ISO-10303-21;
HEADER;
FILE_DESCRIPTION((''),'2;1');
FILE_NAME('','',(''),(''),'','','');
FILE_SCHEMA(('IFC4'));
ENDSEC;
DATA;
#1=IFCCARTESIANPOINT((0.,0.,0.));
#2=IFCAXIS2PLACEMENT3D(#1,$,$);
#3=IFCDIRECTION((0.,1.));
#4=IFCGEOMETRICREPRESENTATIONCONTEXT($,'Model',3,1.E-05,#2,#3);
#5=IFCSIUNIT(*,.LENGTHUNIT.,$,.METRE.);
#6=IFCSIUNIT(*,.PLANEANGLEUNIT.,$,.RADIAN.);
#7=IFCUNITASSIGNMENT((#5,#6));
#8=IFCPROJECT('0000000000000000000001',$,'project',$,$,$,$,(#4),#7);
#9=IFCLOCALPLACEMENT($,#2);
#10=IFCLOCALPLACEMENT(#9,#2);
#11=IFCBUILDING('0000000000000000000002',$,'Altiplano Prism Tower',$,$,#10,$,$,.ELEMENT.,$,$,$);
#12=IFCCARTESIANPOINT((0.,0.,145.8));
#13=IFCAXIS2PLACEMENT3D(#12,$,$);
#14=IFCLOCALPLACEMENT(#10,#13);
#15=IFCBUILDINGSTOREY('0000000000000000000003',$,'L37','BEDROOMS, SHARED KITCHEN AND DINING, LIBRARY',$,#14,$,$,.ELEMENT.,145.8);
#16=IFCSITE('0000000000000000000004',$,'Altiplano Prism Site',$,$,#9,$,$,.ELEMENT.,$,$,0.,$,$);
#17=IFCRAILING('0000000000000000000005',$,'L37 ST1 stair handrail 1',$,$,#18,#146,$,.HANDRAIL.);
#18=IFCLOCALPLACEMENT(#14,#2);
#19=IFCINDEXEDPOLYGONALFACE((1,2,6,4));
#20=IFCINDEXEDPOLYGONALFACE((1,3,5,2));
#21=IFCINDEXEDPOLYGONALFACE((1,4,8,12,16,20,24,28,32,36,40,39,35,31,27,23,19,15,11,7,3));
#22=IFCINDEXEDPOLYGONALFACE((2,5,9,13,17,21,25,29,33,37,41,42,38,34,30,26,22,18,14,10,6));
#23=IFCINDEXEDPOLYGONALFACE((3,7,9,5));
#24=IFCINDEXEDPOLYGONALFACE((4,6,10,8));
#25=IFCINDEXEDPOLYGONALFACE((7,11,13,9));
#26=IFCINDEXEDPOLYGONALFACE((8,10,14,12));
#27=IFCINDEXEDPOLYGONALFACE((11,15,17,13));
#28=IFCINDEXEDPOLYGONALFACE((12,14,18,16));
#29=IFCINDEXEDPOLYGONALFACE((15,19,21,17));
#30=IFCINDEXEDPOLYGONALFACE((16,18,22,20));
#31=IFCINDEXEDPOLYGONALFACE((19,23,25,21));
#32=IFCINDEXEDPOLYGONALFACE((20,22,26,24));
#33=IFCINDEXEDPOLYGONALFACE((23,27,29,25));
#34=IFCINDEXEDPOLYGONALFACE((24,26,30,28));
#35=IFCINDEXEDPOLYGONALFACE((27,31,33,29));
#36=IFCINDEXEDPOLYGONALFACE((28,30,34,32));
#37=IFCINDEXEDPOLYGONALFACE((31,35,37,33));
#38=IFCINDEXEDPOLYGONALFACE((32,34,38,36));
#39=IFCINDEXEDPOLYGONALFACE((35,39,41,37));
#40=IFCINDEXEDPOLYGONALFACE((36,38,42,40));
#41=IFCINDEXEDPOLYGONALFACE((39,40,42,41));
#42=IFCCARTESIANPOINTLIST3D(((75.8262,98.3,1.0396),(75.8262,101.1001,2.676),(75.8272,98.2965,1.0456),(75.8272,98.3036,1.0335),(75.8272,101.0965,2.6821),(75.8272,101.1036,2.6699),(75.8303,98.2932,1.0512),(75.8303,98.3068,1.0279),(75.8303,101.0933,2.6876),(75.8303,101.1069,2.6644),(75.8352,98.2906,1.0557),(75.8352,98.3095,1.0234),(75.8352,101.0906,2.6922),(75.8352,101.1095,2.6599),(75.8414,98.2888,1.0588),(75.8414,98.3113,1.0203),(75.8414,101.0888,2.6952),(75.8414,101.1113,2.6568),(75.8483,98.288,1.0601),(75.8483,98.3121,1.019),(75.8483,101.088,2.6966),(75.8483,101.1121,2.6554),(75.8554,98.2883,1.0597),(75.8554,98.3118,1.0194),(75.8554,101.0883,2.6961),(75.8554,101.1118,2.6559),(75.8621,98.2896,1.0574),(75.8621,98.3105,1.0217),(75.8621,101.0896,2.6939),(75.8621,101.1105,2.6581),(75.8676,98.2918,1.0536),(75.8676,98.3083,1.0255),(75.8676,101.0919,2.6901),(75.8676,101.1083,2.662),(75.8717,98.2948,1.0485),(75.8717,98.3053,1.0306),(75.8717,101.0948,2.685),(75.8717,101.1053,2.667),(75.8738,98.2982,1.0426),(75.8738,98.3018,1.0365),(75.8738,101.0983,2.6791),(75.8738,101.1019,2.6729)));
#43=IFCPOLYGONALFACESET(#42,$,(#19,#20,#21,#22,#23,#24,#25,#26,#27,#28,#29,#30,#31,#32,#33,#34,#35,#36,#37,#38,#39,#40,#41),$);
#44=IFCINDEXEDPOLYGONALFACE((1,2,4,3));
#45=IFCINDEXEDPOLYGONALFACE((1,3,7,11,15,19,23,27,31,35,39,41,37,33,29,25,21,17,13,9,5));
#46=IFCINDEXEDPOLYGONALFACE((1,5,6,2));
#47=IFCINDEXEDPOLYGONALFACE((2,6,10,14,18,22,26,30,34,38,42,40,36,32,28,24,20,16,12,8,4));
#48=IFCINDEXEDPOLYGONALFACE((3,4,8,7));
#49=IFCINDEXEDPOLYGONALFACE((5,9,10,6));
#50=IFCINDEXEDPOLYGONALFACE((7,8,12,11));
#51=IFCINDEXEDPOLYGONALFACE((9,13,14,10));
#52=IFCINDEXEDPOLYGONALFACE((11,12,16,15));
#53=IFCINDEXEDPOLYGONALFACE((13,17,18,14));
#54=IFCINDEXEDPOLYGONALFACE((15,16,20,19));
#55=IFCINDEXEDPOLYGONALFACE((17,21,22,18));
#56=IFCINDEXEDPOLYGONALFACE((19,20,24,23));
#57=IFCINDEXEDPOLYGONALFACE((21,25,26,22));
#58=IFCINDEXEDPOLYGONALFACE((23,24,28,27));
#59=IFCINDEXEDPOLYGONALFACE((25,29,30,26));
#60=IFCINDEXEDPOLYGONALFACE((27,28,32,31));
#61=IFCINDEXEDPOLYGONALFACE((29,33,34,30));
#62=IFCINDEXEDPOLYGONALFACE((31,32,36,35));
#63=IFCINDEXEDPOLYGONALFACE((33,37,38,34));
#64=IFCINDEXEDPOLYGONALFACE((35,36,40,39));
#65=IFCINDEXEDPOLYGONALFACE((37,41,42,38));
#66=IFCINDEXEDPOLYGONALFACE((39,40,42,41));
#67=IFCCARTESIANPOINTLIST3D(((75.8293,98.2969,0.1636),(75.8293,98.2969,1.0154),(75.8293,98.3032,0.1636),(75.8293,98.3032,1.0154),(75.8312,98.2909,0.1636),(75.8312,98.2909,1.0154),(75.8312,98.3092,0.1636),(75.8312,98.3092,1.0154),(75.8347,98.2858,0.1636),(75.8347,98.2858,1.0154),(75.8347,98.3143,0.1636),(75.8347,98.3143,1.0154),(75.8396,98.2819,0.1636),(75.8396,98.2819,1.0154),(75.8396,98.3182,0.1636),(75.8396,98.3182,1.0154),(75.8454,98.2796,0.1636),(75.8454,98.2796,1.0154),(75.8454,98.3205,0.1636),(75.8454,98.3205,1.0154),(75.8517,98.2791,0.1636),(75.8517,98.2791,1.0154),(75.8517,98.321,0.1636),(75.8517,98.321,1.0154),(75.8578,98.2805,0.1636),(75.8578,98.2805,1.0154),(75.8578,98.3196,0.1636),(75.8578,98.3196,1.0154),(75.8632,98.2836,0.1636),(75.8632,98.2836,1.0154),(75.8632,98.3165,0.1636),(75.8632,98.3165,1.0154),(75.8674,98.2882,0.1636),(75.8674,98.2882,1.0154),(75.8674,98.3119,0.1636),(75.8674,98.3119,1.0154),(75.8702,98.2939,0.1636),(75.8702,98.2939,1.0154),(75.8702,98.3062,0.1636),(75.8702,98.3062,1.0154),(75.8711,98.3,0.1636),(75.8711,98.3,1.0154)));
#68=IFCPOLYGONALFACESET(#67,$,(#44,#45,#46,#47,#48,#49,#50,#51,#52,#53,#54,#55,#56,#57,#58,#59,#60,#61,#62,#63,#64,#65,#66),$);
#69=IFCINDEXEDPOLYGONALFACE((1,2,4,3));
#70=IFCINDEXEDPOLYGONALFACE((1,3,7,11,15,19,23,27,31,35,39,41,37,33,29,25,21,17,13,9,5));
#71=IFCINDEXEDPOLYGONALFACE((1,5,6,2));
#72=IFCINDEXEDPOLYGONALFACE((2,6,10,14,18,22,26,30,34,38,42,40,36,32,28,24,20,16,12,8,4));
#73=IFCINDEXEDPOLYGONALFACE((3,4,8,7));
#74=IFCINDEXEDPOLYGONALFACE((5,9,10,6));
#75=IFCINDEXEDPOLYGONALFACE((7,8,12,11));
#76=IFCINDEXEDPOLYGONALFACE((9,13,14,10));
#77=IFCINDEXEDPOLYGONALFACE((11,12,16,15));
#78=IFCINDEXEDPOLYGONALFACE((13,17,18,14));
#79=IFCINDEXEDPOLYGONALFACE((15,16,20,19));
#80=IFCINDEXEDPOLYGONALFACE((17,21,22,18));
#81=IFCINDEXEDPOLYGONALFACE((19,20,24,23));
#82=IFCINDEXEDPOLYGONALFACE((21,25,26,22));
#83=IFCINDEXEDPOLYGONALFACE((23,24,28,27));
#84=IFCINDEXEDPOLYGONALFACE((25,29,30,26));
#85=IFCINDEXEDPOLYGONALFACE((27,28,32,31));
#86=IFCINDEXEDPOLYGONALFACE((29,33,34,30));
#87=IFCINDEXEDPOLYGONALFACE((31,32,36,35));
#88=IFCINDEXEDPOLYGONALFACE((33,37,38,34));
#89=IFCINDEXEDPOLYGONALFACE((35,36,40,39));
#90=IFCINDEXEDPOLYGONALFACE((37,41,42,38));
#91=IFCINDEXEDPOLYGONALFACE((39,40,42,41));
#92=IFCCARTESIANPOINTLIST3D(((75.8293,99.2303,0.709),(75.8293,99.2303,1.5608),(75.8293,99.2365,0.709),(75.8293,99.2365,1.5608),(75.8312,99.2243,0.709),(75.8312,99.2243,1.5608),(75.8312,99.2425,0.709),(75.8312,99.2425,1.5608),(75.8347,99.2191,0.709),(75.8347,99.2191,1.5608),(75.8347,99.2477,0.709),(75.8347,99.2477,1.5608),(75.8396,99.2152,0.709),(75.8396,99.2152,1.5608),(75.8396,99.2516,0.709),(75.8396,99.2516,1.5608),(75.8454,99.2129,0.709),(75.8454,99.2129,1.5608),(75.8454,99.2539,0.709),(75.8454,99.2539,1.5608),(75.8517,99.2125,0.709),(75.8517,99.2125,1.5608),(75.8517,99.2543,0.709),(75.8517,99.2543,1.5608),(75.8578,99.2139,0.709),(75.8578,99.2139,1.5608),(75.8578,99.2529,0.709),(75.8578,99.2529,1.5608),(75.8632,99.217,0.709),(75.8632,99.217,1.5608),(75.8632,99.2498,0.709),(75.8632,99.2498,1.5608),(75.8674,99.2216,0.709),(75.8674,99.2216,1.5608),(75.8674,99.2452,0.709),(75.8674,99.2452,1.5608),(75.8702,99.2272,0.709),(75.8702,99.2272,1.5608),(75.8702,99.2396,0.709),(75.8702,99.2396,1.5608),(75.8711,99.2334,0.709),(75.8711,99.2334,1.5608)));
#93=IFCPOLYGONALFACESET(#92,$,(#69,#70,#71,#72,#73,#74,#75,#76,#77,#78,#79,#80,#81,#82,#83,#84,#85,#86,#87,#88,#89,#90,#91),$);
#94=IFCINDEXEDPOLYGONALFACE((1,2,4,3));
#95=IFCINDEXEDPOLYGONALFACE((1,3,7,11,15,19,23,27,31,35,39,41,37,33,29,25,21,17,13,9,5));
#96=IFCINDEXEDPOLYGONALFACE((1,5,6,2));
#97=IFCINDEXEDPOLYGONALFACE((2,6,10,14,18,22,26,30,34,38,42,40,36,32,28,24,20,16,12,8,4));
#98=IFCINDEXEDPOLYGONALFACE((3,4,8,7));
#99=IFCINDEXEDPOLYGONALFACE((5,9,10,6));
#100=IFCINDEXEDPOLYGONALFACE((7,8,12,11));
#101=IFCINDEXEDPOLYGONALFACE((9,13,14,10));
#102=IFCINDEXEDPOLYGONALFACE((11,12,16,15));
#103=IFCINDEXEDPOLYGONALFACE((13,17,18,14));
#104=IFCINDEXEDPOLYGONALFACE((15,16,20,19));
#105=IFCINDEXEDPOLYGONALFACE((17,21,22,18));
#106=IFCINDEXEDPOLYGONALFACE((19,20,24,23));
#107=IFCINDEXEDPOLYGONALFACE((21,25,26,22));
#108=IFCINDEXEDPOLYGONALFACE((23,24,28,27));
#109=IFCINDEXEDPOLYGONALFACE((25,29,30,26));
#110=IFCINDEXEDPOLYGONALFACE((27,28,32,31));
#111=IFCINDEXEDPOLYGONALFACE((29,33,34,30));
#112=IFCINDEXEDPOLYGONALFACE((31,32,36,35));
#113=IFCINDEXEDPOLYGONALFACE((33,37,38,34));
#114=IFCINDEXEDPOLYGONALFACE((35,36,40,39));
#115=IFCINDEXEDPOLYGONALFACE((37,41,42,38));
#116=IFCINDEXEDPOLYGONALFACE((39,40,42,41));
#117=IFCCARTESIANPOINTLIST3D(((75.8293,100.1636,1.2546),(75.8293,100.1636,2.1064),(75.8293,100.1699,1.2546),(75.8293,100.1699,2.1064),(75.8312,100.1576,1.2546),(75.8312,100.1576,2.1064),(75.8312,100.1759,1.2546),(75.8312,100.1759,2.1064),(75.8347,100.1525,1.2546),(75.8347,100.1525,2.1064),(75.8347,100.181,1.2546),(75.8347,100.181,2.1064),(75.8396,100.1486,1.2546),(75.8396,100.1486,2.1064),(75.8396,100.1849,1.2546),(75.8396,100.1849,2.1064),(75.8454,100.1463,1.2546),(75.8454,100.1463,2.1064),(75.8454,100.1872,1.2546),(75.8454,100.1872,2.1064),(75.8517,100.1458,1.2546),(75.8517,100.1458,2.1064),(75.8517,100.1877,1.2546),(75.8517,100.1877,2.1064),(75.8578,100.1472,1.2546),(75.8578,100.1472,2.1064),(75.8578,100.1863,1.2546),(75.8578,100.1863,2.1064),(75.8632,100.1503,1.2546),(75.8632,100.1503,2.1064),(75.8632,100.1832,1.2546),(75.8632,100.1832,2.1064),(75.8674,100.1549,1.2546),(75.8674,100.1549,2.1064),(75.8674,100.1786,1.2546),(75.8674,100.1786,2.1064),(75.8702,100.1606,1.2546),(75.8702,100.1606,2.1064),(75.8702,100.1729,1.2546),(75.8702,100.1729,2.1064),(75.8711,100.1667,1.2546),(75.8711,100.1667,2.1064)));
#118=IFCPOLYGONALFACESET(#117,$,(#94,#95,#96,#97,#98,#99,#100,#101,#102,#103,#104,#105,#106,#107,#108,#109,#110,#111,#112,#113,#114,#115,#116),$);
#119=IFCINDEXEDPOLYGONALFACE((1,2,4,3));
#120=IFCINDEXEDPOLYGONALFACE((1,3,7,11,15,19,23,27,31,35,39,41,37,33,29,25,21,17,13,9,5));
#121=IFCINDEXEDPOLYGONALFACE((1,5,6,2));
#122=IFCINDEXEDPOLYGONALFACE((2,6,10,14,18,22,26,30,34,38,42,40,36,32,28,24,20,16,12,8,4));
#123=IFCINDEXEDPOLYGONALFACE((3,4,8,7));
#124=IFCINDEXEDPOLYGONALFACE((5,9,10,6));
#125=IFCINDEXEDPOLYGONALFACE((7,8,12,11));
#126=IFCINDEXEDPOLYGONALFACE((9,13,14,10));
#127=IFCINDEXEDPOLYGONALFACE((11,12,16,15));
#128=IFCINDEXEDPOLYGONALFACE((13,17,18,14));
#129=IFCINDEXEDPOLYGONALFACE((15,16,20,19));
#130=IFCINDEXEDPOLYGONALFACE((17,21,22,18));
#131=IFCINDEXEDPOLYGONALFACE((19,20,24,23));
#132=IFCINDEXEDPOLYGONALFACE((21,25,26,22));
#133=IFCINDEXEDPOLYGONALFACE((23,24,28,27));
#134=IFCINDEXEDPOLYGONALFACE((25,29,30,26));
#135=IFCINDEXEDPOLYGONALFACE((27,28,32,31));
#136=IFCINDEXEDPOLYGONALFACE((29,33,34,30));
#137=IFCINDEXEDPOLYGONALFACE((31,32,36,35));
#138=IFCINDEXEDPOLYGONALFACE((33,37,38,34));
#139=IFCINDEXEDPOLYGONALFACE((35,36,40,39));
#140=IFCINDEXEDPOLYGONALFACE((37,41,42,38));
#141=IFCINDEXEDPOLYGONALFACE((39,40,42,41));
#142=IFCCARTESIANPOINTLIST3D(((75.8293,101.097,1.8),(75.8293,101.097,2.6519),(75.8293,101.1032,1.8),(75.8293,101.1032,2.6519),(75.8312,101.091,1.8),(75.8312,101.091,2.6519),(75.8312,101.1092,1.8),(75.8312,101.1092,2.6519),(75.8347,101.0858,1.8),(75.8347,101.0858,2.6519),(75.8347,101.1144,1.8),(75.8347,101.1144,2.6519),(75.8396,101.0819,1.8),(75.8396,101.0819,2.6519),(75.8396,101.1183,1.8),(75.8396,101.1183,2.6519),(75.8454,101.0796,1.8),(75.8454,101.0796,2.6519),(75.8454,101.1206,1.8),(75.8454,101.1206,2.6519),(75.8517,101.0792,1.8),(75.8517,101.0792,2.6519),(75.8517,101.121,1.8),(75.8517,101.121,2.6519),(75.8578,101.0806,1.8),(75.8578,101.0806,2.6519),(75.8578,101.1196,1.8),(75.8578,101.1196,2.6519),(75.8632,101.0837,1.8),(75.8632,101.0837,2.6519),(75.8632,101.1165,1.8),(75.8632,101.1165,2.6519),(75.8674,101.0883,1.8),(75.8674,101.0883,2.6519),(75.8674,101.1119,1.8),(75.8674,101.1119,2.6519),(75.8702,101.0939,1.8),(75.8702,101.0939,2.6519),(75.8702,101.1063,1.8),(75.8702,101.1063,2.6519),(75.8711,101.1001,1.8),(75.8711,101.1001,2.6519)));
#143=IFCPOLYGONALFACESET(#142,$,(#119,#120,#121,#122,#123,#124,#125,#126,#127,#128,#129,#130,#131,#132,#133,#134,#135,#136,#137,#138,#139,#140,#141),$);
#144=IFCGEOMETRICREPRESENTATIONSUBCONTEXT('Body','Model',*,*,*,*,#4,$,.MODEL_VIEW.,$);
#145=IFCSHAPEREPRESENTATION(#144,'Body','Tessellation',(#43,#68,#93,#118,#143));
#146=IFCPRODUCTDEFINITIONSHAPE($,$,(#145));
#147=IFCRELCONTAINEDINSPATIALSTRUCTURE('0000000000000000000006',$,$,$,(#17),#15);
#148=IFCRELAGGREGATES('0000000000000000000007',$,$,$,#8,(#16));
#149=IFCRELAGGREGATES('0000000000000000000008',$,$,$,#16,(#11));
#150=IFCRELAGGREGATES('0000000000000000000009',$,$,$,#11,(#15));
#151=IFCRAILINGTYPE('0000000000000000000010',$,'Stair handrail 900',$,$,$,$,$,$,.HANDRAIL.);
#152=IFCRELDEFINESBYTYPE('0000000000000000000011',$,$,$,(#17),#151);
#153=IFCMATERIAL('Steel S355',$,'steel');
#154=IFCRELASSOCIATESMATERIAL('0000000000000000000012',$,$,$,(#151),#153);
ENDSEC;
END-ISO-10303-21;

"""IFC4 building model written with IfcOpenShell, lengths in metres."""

from ifc_helpers import new_model, si_unit, direction, frame, origin, origin_2d, place, context, subcontext, project, spatial, circle, extrude, material, type_object, element, save


model = new_model("IFC4")

# Units and contexts
model_context = context("Model", 3, precision=1e-05, world=origin(), true_north=direction((0.0, 1.0)))
body_context = subcontext(model_context, "Body", "Model", "MODEL_VIEW")
ifc_project = project(units=[si_unit("LENGTHUNIT", "METRE"), si_unit("PLANEANGLEUNIT", "RADIAN")], contexts=[model_context])

# Site, building, storey
site_placement = place(None, origin())
site = spatial("IfcSite", under=ifc_project, at=site_placement, Name="Altiplano Prism Site", CompositionType="ELEMENT", RefElevation=0.0)
building_placement = place(site_placement, origin())
building = spatial("IfcBuilding", under=site, at=building_placement, Name="Altiplano Prism Tower", CompositionType="ELEMENT")
storey_placement = place(building_placement, frame((0.0, 0.0, 145.8)))
storey = spatial("IfcBuildingStorey", under=building, at=storey_placement, Name="L37", Description="BEDROOMS, SHARED KITCHEN AND DINING, LIBRARY", CompositionType="ELEMENT", Elevation=145.8)

# Railing
ifc_material_1 = material(Name="Steel S355", Category="steel")
railing_type_1 = type_object("IfcRailingType", Name="Stair handrail 900", PredefinedType="HANDRAIL", material=ifc_material_1)
railing_1_placement = place(storey_placement, frame((75.8501, 98.3, 0.1636)))
element("IfcRailing", 1, at=railing_1_placement, inside=storey, type_object=railing_type_1, Name="L37 ST1 stair handrail 1", PredefinedType="HANDRAIL", context=body_context, shape_type="SweptSolid", body=[
    extrude(circle(Radius=0.0239, at=origin_2d()), frame((0.0, 0.0, 0.876), z_axis=(0.0, 0.863361, 0.504587), x_axis=(-1.0, 0.0, 0.0)), (0.0, 0.0, 1.0), 3.2432),
    extrude(circle(Radius=0.021, at=origin_2d()), origin(), (0.0, 0.0, 1.0), 0.8518),
    extrude(circle(Radius=0.021, at=origin_2d()), frame((0.0, 0.9333, 0.5454)), (0.0, 0.0, 1.0), 0.8518),
    extrude(circle(Radius=0.021, at=origin_2d()), frame((0.0, 1.8667, 1.0911)), (0.0, 0.0, 1.0), 0.8518),
    extrude(circle(Radius=0.021, at=origin_2d()), frame((0.0, 2.8, 1.6365)), (0.0, 0.0, 1.0), 0.8518),
])

save(model, "model.ifc")
